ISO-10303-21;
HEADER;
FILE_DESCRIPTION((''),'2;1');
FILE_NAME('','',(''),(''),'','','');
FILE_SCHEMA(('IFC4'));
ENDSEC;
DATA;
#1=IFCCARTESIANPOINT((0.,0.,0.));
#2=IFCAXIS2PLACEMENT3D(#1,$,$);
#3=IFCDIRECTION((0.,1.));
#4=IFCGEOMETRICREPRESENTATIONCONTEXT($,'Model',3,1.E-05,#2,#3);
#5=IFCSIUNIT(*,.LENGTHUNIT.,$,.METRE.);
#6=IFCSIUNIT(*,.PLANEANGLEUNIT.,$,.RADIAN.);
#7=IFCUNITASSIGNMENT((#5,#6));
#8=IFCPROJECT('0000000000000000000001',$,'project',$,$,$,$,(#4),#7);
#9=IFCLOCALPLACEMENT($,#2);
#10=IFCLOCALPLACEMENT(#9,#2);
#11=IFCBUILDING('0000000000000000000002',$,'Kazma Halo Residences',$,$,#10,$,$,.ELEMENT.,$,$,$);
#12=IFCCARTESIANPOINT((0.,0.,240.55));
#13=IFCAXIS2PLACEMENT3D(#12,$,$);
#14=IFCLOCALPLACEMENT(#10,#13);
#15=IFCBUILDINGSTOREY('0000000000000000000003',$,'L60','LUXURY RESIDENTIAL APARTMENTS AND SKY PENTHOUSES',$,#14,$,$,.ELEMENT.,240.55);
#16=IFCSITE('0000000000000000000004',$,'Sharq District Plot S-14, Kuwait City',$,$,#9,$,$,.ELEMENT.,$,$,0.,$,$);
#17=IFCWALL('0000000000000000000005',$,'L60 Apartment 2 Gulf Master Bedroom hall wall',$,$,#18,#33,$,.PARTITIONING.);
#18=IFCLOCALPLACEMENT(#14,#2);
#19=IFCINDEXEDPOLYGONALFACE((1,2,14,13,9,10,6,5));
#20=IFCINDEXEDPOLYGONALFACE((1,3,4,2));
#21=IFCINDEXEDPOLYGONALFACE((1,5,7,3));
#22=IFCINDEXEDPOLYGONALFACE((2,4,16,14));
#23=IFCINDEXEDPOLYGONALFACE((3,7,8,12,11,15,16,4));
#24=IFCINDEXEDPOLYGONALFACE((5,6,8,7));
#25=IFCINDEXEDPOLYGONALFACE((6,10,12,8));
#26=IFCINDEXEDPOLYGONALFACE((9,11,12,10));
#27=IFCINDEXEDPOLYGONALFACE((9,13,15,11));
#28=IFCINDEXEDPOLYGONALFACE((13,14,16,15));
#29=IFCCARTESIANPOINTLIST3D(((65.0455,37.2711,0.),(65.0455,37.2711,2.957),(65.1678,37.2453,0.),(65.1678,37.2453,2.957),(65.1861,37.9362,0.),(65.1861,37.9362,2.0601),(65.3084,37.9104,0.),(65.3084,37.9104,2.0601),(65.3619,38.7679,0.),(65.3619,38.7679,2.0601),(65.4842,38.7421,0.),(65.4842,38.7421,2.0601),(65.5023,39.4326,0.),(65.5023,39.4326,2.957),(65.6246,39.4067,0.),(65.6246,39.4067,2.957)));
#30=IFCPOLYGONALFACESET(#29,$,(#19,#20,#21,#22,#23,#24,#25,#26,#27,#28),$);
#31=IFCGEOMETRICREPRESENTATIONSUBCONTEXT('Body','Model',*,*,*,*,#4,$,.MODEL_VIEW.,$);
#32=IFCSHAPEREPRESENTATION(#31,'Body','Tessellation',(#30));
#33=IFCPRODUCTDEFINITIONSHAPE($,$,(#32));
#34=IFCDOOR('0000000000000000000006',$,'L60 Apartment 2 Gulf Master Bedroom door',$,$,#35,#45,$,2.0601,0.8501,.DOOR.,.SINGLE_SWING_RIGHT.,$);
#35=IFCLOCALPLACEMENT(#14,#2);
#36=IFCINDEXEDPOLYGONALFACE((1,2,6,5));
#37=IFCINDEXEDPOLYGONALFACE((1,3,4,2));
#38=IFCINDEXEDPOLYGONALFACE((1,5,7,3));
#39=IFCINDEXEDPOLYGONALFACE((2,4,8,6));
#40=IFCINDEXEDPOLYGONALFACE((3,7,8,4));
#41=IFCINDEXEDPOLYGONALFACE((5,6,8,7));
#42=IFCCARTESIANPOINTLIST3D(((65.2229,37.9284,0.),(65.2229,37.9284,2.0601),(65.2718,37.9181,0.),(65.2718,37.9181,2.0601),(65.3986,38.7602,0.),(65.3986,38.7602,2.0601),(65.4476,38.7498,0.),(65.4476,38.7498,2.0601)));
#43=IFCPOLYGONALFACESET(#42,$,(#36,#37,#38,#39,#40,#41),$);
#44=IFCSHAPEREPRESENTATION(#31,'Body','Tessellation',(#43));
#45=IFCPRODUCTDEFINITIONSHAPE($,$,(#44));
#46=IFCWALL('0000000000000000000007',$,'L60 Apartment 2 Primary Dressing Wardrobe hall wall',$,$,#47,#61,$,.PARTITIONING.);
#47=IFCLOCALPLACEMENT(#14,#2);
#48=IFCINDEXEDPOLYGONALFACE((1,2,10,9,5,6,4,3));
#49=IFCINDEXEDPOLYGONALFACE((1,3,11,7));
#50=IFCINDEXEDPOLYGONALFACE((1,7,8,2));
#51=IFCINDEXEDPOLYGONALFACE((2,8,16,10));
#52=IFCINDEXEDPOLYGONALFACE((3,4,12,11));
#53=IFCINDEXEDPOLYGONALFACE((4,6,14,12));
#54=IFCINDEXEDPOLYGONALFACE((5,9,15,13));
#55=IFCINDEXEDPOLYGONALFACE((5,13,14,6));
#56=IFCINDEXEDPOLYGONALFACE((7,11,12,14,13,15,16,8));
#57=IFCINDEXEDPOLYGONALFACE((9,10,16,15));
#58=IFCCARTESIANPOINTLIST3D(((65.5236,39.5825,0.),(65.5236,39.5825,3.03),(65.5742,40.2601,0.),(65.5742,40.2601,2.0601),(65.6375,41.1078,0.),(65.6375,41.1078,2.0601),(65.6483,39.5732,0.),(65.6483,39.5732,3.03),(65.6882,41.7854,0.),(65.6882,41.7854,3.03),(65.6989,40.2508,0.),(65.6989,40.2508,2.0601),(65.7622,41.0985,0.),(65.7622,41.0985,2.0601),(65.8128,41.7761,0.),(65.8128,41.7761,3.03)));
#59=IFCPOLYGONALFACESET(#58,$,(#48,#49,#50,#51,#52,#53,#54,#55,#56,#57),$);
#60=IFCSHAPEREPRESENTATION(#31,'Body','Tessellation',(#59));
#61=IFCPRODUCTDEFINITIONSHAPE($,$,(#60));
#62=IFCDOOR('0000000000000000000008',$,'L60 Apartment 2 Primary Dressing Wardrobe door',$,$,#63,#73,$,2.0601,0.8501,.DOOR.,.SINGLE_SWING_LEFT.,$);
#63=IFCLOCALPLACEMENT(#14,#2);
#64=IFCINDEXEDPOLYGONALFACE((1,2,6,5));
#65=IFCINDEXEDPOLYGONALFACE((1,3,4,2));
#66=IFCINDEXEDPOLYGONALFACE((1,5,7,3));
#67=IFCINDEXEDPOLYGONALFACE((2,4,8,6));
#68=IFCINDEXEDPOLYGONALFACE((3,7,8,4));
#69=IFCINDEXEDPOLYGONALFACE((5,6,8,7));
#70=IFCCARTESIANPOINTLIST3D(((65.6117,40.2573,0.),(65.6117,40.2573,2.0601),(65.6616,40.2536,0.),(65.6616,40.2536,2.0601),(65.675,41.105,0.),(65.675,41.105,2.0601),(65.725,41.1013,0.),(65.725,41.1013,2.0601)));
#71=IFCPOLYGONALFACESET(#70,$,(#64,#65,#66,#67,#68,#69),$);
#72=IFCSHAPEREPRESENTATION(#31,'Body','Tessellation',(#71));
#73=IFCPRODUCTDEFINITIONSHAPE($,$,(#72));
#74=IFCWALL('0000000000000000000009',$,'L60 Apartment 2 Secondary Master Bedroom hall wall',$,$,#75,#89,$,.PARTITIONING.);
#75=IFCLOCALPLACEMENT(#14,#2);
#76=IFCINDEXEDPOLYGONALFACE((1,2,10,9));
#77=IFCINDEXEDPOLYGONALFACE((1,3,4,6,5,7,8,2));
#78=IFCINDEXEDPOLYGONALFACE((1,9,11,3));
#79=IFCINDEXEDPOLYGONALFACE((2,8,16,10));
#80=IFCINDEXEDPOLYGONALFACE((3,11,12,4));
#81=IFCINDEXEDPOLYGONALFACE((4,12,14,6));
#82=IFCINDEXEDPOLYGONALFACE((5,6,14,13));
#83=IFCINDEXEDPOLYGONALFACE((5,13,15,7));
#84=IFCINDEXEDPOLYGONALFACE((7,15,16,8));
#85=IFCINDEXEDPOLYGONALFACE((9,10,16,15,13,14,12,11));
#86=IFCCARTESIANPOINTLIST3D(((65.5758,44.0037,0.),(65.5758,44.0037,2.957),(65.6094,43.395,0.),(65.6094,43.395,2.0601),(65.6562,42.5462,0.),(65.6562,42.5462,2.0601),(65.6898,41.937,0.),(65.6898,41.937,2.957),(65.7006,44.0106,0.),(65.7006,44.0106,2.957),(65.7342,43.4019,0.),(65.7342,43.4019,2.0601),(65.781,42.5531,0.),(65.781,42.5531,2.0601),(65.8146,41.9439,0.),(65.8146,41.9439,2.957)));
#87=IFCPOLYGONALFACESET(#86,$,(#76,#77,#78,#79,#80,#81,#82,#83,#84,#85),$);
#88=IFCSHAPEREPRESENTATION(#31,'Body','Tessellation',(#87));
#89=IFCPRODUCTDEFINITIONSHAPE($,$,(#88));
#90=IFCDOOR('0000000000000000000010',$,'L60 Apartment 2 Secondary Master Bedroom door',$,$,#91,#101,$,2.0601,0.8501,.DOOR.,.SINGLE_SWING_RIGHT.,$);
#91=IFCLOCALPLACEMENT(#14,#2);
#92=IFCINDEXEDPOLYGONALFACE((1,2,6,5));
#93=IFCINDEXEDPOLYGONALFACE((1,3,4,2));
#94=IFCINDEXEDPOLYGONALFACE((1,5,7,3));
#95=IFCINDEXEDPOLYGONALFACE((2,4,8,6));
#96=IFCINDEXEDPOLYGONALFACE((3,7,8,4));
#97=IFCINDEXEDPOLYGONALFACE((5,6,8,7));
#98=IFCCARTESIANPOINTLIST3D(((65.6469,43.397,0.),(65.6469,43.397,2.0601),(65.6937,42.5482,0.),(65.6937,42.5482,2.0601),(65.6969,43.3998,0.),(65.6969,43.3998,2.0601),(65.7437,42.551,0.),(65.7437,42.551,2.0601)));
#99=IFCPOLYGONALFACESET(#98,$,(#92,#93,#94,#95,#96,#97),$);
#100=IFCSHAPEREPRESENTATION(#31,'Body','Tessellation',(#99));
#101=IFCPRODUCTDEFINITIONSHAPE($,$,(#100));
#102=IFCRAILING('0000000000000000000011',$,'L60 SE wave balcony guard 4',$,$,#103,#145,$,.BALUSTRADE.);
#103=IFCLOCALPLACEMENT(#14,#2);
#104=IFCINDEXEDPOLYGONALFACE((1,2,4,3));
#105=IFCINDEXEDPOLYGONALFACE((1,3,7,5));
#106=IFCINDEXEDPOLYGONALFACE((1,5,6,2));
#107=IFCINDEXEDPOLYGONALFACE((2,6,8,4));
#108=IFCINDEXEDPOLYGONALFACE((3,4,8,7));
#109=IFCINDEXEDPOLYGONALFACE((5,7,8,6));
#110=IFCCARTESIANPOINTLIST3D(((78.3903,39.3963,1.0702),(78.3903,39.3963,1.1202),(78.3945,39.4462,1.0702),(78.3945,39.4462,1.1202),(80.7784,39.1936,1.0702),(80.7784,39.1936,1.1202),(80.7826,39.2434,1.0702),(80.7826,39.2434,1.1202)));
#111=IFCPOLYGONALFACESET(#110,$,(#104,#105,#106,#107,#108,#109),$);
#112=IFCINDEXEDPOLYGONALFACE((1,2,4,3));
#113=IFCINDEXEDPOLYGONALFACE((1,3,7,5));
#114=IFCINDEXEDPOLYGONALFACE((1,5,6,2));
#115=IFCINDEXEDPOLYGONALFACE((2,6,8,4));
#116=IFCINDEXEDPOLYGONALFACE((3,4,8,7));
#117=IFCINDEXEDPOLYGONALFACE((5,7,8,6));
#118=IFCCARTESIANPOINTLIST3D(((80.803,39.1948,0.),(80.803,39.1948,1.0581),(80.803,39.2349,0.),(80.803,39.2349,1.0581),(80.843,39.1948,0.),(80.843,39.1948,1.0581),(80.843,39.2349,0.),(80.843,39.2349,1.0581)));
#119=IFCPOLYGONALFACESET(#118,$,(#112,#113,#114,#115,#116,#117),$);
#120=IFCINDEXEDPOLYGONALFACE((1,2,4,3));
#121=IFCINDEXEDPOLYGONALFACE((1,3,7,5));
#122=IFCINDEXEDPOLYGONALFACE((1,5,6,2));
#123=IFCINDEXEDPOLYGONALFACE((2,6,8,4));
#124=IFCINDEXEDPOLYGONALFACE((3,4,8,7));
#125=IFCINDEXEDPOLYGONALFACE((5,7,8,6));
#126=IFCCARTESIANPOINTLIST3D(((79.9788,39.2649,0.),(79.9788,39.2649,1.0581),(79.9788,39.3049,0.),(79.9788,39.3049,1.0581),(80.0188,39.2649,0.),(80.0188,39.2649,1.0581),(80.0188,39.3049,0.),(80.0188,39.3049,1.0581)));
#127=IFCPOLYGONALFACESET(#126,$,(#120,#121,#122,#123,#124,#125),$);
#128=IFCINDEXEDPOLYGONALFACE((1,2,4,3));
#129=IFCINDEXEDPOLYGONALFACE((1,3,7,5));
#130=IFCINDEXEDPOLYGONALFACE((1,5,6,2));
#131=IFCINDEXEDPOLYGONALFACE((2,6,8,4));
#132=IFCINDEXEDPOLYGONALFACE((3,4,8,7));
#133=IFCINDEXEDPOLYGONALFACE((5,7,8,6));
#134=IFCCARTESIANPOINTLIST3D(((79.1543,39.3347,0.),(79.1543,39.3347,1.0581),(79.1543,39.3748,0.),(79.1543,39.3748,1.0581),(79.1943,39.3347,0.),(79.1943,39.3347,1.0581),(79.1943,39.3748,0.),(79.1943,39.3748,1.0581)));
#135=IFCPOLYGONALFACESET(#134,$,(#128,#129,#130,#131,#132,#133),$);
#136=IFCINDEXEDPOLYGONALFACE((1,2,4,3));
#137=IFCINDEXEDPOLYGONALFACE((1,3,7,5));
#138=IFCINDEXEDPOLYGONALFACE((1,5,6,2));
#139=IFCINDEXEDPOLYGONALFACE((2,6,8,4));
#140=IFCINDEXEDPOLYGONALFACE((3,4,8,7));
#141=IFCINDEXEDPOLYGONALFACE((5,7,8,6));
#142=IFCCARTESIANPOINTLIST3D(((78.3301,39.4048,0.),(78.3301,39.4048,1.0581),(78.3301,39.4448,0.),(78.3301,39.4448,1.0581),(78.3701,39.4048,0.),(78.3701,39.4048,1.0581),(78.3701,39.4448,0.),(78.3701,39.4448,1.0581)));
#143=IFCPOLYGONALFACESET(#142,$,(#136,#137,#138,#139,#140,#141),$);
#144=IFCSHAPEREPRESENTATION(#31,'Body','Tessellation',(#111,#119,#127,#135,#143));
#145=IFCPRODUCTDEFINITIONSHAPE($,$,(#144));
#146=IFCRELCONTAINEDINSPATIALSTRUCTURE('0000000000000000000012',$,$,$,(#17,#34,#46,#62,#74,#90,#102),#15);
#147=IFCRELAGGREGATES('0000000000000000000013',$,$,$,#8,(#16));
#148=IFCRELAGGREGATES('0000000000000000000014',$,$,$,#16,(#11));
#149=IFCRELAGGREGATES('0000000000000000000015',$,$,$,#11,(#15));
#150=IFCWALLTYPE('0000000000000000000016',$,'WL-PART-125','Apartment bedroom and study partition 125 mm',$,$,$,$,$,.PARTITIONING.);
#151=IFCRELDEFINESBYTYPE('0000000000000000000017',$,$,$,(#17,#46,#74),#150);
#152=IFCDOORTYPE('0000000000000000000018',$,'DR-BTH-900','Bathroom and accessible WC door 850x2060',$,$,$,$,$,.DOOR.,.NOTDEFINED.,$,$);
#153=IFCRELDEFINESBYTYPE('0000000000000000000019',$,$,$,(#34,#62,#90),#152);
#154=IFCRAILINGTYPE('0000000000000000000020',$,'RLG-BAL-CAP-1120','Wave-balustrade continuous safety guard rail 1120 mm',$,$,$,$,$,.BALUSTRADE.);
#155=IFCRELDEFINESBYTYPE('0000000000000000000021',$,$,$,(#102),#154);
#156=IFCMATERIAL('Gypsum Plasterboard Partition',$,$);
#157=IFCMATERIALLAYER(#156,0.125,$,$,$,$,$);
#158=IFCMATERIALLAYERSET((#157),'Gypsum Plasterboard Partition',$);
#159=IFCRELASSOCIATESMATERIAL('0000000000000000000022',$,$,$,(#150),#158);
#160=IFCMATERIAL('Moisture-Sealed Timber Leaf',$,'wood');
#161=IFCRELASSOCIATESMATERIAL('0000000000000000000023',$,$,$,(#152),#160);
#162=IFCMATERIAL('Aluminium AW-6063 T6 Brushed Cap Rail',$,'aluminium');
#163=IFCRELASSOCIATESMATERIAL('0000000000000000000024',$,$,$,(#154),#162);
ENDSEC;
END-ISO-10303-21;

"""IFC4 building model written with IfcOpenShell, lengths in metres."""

from ifc_helpers import new_model, si_unit, direction, frame, frame_2d, origin, origin_2d, place, context, subcontext, project, spatial, rectangle, extrude, material, layer, layer_set, type_object, element, fill, save


model = new_model("IFC4")

# Units and contexts
model_context = context("Model", 3, precision=1e-05, world=origin(), true_north=direction((0.0, 1.0)))
body_context = subcontext(model_context, "Body", "Model", "MODEL_VIEW")
ifc_project = project(units=[si_unit("LENGTHUNIT", "METRE"), si_unit("PLANEANGLEUNIT", "RADIAN")], contexts=[model_context])

# Site, building, storey
site_placement = place(None, origin())
site = spatial("IfcSite", under=ifc_project, at=site_placement, Name="Sharq District Plot S-14, Kuwait City", CompositionType="ELEMENT", RefElevation=0.0)
building_placement = place(site_placement, origin())
building = spatial("IfcBuilding", under=site, at=building_placement, Name="Kazma Halo Residences", CompositionType="ELEMENT")
storey_placement = place(building_placement, frame((0.0, 0.0, 240.55)))
storey = spatial("IfcBuildingStorey", under=building, at=storey_placement, Name="L60", Description="LUXURY RESIDENTIAL APARTMENTS AND SKY PENTHOUSES", CompositionType="ELEMENT", Elevation=240.55)

# Shared definitions
ifc_material_1 = material(Name="Gypsum Plasterboard Partition")
ifc_layer_1 = layer(ifc_material_1, 0.125)
ifc_layer_set_1 = layer_set([ifc_layer_1], Name="Gypsum Plasterboard Partition")
wall_type_1 = type_object("IfcWallType", Name="WL-PART-125", Description="Apartment bedroom and study partition 125 mm", PredefinedType="PARTITIONING", material=ifc_layer_set_1)

# Walls, openings, doors
wall_1_placement = place(storey_placement, frame((65.1067, 37.2583, 0.0), z_axis=(0.0, 0.0, 1.0), x_axis=(0.206773, 0.978389, 0.0)))
wall_1 = element("IfcWall", 1, at=wall_1_placement, inside=storey, type_object=wall_type_1, Name="L60 Apartment 2 Gulf Master Bedroom hall wall", PredefinedType="PARTITIONING", context=body_context, shape_type="SweptSolid", body=[
    extrude(rectangle(XDim=2.2092, YDim=0.125, at=frame_2d((1.1045, 0.0))), origin(), (0.0, 0.0, 1.0), 2.957),
])
opening_1_placement = place(wall_1_placement, frame((0.6797, 0.0, 0.0)))
opening_1 = element("IfcOpeningElement", 2, at=opening_1_placement, cuts=wall_1, PredefinedType="OPENING", context=body_context, shape_type="SweptSolid", body=[
    extrude(rectangle(XDim=0.8501, YDim=2.0601, at=frame_2d((0.425, 1.03))), frame((0.0, 0.0725, 0.0), z_axis=(0.0, -1.0, 0.0), x_axis=(1.0, 0.0, 0.0)), (0.0, 0.0, 1.0), 0.145),
])
ifc_material_2 = material(Name="Moisture-Sealed Timber Leaf", Category="wood")
door_type_1 = type_object("IfcDoorType", Name="DR-BTH-900", Description="Bathroom and accessible WC door 850x2060", OperationType="NOTDEFINED", PredefinedType="DOOR", material=ifc_material_2)
door_1_placement = place(opening_1_placement, origin())
door_1 = element("IfcDoor", 3, at=door_1_placement, inside=storey, type_object=door_type_1, Name="L60 Apartment 2 Gulf Master Bedroom door", OperationType="SINGLE_SWING_RIGHT", OverallHeight=2.0601, OverallWidth=0.8501, PredefinedType="DOOR", context=body_context, shape_type="SweptSolid", body=[
    extrude(rectangle(XDim=0.8501, YDim=2.0601, at=frame_2d((0.425, 1.03))), frame((0.0, 0.0249, 0.0), z_axis=(0.0, -1.0, 0.0), x_axis=(1.0, 0.0, 0.0)), (0.0, 0.0, 1.0), 0.05),
])
fill(opening_1, door_1)
wall_2_placement = place(storey_placement, frame((65.5859, 39.5779, 0.0), z_axis=(0.0, 0.0, 1.0), x_axis=(0.07449, 0.997222, 0.0)))
wall_2 = element("IfcWall", 4, at=wall_2_placement, inside=storey, type_object=wall_type_1, Name="L60 Apartment 2 Primary Dressing Wardrobe hall wall", PredefinedType="PARTITIONING", context=body_context, shape_type="SweptSolid", body=[
    extrude(rectangle(XDim=2.209, YDim=0.125, at=frame_2d((1.1045, 0.0))), origin(), (0.0, 0.0, 1.0), 3.03),
])
opening_2_placement = place(wall_2_placement, frame((0.6794, 0.0, 0.0)))
opening_2 = element("IfcOpeningElement", 5, at=opening_2_placement, cuts=wall_2, PredefinedType="OPENING", context=body_context, shape_type="SweptSolid", body=[
    extrude(rectangle(XDim=0.8501, YDim=2.0601, at=frame_2d((0.425, 1.03))), frame((0.0, 0.0725, 0.0), z_axis=(0.0, -1.0, 0.0), x_axis=(1.0, 0.0, 0.0)), (0.0, 0.0, 1.0), 0.145),
])
door_2_placement = place(opening_2_placement, origin())
door_2 = element("IfcDoor", 6, at=door_2_placement, inside=storey, type_object=door_type_1, Name="L60 Apartment 2 Primary Dressing Wardrobe door", OperationType="SINGLE_SWING_LEFT", OverallHeight=2.0601, OverallWidth=0.8501, PredefinedType="DOOR", context=body_context, shape_type="SweptSolid", body=[
    extrude(rectangle(XDim=0.8501, YDim=2.0601, at=frame_2d((0.425, 1.03))), frame((0.0, 0.0249, 0.0), z_axis=(0.0, -1.0, 0.0), x_axis=(1.0, 0.0, 0.0)), (0.0, 0.0, 1.0), 0.05),
])
fill(opening_2, door_2)
wall_3_placement = place(storey_placement, frame((65.7522, 41.9404, 0.0), z_axis=(0.0, 0.0, 1.0), x_axis=(-0.055085, 0.998482, 0.0)))
wall_3 = element("IfcWall", 7, at=wall_3_placement, inside=storey, type_object=wall_type_1, Name="L60 Apartment 2 Secondary Master Bedroom hall wall", PredefinedType="PARTITIONING", context=body_context, shape_type="SweptSolid", body=[
    extrude(rectangle(XDim=2.0698, YDim=0.125, at=frame_2d((1.0349, 0.0))), origin(), (0.0, 0.0, 1.0), 2.957),
])
opening_3_placement = place(wall_3_placement, frame((0.6101, 0.0, 0.0)))
opening_3 = element("IfcOpeningElement", 8, at=opening_3_placement, cuts=wall_3, PredefinedType="OPENING", context=body_context, shape_type="SweptSolid", body=[
    extrude(rectangle(XDim=0.8501, YDim=2.0601, at=frame_2d((0.425, 1.03))), frame((0.0, 0.0725, 0.0), z_axis=(0.0, -1.0, 0.0), x_axis=(1.0, 0.0, 0.0)), (0.0, 0.0, 1.0), 0.145),
])
door_3_placement = place(opening_3_placement, origin())
door_3 = element("IfcDoor", 9, at=door_3_placement, inside=storey, type_object=door_type_1, Name="L60 Apartment 2 Secondary Master Bedroom door", OperationType="SINGLE_SWING_RIGHT", OverallHeight=2.0601, OverallWidth=0.8501, PredefinedType="DOOR", context=body_context, shape_type="SweptSolid", body=[
    extrude(rectangle(XDim=0.8501, YDim=2.0601, at=frame_2d((0.425, 1.03))), frame((0.0, 0.0249, 0.0), z_axis=(0.0, -1.0, 0.0), x_axis=(1.0, 0.0, 0.0)), (0.0, 0.0, 1.0), 0.05),
])
fill(opening_3, door_3)

# Railing
ifc_material_3 = material(Name="Aluminium AW-6063 T6 Brushed Cap Rail", Category="aluminium")
railing_type = type_object("IfcRailingType", Name="RLG-BAL-CAP-1120", Description="Wave-balustrade continuous safety guard rail 1120 mm", PredefinedType="BALUSTRADE", material=ifc_material_3)
railing_placement = place(storey_placement, frame((80.823, 39.2148, 0.0)))
element("IfcRailing", 10, at=railing_placement, inside=storey, type_object=railing_type, Name="L60 SE wave balcony guard 4", PredefinedType="BALUSTRADE", context=body_context, shape_type="SweptSolid", body=[
    extrude(rectangle(XDim=0.05, YDim=0.05, at=origin_2d()), frame((-0.0425, 0.0037, 1.0952), z_axis=(-0.996415, 0.0846, 0.0), x_axis=(-0.0846, -0.996415, 0.0)), (0.0, 0.0, 1.0), 2.3967),
    extrude(rectangle(XDim=0.04, YDim=0.04, at=origin_2d()), origin(), (0.0, 0.0, 1.0), 1.0581),
    extrude(rectangle(XDim=0.04, YDim=0.04, at=origin_2d()), frame((-0.8242, 0.0701, 0.0)), (0.0, 0.0, 1.0), 1.0581),
    extrude(rectangle(XDim=0.04, YDim=0.04, at=origin_2d()), frame((-1.6487, 0.1399, 0.0)), (0.0, 0.0, 1.0), 1.0581),
    extrude(rectangle(XDim=0.04, YDim=0.04, at=origin_2d()), frame((-2.4729, 0.21, 0.0)), (0.0, 0.0, 1.0), 1.0581),
])

save(model, "model.ifc")
